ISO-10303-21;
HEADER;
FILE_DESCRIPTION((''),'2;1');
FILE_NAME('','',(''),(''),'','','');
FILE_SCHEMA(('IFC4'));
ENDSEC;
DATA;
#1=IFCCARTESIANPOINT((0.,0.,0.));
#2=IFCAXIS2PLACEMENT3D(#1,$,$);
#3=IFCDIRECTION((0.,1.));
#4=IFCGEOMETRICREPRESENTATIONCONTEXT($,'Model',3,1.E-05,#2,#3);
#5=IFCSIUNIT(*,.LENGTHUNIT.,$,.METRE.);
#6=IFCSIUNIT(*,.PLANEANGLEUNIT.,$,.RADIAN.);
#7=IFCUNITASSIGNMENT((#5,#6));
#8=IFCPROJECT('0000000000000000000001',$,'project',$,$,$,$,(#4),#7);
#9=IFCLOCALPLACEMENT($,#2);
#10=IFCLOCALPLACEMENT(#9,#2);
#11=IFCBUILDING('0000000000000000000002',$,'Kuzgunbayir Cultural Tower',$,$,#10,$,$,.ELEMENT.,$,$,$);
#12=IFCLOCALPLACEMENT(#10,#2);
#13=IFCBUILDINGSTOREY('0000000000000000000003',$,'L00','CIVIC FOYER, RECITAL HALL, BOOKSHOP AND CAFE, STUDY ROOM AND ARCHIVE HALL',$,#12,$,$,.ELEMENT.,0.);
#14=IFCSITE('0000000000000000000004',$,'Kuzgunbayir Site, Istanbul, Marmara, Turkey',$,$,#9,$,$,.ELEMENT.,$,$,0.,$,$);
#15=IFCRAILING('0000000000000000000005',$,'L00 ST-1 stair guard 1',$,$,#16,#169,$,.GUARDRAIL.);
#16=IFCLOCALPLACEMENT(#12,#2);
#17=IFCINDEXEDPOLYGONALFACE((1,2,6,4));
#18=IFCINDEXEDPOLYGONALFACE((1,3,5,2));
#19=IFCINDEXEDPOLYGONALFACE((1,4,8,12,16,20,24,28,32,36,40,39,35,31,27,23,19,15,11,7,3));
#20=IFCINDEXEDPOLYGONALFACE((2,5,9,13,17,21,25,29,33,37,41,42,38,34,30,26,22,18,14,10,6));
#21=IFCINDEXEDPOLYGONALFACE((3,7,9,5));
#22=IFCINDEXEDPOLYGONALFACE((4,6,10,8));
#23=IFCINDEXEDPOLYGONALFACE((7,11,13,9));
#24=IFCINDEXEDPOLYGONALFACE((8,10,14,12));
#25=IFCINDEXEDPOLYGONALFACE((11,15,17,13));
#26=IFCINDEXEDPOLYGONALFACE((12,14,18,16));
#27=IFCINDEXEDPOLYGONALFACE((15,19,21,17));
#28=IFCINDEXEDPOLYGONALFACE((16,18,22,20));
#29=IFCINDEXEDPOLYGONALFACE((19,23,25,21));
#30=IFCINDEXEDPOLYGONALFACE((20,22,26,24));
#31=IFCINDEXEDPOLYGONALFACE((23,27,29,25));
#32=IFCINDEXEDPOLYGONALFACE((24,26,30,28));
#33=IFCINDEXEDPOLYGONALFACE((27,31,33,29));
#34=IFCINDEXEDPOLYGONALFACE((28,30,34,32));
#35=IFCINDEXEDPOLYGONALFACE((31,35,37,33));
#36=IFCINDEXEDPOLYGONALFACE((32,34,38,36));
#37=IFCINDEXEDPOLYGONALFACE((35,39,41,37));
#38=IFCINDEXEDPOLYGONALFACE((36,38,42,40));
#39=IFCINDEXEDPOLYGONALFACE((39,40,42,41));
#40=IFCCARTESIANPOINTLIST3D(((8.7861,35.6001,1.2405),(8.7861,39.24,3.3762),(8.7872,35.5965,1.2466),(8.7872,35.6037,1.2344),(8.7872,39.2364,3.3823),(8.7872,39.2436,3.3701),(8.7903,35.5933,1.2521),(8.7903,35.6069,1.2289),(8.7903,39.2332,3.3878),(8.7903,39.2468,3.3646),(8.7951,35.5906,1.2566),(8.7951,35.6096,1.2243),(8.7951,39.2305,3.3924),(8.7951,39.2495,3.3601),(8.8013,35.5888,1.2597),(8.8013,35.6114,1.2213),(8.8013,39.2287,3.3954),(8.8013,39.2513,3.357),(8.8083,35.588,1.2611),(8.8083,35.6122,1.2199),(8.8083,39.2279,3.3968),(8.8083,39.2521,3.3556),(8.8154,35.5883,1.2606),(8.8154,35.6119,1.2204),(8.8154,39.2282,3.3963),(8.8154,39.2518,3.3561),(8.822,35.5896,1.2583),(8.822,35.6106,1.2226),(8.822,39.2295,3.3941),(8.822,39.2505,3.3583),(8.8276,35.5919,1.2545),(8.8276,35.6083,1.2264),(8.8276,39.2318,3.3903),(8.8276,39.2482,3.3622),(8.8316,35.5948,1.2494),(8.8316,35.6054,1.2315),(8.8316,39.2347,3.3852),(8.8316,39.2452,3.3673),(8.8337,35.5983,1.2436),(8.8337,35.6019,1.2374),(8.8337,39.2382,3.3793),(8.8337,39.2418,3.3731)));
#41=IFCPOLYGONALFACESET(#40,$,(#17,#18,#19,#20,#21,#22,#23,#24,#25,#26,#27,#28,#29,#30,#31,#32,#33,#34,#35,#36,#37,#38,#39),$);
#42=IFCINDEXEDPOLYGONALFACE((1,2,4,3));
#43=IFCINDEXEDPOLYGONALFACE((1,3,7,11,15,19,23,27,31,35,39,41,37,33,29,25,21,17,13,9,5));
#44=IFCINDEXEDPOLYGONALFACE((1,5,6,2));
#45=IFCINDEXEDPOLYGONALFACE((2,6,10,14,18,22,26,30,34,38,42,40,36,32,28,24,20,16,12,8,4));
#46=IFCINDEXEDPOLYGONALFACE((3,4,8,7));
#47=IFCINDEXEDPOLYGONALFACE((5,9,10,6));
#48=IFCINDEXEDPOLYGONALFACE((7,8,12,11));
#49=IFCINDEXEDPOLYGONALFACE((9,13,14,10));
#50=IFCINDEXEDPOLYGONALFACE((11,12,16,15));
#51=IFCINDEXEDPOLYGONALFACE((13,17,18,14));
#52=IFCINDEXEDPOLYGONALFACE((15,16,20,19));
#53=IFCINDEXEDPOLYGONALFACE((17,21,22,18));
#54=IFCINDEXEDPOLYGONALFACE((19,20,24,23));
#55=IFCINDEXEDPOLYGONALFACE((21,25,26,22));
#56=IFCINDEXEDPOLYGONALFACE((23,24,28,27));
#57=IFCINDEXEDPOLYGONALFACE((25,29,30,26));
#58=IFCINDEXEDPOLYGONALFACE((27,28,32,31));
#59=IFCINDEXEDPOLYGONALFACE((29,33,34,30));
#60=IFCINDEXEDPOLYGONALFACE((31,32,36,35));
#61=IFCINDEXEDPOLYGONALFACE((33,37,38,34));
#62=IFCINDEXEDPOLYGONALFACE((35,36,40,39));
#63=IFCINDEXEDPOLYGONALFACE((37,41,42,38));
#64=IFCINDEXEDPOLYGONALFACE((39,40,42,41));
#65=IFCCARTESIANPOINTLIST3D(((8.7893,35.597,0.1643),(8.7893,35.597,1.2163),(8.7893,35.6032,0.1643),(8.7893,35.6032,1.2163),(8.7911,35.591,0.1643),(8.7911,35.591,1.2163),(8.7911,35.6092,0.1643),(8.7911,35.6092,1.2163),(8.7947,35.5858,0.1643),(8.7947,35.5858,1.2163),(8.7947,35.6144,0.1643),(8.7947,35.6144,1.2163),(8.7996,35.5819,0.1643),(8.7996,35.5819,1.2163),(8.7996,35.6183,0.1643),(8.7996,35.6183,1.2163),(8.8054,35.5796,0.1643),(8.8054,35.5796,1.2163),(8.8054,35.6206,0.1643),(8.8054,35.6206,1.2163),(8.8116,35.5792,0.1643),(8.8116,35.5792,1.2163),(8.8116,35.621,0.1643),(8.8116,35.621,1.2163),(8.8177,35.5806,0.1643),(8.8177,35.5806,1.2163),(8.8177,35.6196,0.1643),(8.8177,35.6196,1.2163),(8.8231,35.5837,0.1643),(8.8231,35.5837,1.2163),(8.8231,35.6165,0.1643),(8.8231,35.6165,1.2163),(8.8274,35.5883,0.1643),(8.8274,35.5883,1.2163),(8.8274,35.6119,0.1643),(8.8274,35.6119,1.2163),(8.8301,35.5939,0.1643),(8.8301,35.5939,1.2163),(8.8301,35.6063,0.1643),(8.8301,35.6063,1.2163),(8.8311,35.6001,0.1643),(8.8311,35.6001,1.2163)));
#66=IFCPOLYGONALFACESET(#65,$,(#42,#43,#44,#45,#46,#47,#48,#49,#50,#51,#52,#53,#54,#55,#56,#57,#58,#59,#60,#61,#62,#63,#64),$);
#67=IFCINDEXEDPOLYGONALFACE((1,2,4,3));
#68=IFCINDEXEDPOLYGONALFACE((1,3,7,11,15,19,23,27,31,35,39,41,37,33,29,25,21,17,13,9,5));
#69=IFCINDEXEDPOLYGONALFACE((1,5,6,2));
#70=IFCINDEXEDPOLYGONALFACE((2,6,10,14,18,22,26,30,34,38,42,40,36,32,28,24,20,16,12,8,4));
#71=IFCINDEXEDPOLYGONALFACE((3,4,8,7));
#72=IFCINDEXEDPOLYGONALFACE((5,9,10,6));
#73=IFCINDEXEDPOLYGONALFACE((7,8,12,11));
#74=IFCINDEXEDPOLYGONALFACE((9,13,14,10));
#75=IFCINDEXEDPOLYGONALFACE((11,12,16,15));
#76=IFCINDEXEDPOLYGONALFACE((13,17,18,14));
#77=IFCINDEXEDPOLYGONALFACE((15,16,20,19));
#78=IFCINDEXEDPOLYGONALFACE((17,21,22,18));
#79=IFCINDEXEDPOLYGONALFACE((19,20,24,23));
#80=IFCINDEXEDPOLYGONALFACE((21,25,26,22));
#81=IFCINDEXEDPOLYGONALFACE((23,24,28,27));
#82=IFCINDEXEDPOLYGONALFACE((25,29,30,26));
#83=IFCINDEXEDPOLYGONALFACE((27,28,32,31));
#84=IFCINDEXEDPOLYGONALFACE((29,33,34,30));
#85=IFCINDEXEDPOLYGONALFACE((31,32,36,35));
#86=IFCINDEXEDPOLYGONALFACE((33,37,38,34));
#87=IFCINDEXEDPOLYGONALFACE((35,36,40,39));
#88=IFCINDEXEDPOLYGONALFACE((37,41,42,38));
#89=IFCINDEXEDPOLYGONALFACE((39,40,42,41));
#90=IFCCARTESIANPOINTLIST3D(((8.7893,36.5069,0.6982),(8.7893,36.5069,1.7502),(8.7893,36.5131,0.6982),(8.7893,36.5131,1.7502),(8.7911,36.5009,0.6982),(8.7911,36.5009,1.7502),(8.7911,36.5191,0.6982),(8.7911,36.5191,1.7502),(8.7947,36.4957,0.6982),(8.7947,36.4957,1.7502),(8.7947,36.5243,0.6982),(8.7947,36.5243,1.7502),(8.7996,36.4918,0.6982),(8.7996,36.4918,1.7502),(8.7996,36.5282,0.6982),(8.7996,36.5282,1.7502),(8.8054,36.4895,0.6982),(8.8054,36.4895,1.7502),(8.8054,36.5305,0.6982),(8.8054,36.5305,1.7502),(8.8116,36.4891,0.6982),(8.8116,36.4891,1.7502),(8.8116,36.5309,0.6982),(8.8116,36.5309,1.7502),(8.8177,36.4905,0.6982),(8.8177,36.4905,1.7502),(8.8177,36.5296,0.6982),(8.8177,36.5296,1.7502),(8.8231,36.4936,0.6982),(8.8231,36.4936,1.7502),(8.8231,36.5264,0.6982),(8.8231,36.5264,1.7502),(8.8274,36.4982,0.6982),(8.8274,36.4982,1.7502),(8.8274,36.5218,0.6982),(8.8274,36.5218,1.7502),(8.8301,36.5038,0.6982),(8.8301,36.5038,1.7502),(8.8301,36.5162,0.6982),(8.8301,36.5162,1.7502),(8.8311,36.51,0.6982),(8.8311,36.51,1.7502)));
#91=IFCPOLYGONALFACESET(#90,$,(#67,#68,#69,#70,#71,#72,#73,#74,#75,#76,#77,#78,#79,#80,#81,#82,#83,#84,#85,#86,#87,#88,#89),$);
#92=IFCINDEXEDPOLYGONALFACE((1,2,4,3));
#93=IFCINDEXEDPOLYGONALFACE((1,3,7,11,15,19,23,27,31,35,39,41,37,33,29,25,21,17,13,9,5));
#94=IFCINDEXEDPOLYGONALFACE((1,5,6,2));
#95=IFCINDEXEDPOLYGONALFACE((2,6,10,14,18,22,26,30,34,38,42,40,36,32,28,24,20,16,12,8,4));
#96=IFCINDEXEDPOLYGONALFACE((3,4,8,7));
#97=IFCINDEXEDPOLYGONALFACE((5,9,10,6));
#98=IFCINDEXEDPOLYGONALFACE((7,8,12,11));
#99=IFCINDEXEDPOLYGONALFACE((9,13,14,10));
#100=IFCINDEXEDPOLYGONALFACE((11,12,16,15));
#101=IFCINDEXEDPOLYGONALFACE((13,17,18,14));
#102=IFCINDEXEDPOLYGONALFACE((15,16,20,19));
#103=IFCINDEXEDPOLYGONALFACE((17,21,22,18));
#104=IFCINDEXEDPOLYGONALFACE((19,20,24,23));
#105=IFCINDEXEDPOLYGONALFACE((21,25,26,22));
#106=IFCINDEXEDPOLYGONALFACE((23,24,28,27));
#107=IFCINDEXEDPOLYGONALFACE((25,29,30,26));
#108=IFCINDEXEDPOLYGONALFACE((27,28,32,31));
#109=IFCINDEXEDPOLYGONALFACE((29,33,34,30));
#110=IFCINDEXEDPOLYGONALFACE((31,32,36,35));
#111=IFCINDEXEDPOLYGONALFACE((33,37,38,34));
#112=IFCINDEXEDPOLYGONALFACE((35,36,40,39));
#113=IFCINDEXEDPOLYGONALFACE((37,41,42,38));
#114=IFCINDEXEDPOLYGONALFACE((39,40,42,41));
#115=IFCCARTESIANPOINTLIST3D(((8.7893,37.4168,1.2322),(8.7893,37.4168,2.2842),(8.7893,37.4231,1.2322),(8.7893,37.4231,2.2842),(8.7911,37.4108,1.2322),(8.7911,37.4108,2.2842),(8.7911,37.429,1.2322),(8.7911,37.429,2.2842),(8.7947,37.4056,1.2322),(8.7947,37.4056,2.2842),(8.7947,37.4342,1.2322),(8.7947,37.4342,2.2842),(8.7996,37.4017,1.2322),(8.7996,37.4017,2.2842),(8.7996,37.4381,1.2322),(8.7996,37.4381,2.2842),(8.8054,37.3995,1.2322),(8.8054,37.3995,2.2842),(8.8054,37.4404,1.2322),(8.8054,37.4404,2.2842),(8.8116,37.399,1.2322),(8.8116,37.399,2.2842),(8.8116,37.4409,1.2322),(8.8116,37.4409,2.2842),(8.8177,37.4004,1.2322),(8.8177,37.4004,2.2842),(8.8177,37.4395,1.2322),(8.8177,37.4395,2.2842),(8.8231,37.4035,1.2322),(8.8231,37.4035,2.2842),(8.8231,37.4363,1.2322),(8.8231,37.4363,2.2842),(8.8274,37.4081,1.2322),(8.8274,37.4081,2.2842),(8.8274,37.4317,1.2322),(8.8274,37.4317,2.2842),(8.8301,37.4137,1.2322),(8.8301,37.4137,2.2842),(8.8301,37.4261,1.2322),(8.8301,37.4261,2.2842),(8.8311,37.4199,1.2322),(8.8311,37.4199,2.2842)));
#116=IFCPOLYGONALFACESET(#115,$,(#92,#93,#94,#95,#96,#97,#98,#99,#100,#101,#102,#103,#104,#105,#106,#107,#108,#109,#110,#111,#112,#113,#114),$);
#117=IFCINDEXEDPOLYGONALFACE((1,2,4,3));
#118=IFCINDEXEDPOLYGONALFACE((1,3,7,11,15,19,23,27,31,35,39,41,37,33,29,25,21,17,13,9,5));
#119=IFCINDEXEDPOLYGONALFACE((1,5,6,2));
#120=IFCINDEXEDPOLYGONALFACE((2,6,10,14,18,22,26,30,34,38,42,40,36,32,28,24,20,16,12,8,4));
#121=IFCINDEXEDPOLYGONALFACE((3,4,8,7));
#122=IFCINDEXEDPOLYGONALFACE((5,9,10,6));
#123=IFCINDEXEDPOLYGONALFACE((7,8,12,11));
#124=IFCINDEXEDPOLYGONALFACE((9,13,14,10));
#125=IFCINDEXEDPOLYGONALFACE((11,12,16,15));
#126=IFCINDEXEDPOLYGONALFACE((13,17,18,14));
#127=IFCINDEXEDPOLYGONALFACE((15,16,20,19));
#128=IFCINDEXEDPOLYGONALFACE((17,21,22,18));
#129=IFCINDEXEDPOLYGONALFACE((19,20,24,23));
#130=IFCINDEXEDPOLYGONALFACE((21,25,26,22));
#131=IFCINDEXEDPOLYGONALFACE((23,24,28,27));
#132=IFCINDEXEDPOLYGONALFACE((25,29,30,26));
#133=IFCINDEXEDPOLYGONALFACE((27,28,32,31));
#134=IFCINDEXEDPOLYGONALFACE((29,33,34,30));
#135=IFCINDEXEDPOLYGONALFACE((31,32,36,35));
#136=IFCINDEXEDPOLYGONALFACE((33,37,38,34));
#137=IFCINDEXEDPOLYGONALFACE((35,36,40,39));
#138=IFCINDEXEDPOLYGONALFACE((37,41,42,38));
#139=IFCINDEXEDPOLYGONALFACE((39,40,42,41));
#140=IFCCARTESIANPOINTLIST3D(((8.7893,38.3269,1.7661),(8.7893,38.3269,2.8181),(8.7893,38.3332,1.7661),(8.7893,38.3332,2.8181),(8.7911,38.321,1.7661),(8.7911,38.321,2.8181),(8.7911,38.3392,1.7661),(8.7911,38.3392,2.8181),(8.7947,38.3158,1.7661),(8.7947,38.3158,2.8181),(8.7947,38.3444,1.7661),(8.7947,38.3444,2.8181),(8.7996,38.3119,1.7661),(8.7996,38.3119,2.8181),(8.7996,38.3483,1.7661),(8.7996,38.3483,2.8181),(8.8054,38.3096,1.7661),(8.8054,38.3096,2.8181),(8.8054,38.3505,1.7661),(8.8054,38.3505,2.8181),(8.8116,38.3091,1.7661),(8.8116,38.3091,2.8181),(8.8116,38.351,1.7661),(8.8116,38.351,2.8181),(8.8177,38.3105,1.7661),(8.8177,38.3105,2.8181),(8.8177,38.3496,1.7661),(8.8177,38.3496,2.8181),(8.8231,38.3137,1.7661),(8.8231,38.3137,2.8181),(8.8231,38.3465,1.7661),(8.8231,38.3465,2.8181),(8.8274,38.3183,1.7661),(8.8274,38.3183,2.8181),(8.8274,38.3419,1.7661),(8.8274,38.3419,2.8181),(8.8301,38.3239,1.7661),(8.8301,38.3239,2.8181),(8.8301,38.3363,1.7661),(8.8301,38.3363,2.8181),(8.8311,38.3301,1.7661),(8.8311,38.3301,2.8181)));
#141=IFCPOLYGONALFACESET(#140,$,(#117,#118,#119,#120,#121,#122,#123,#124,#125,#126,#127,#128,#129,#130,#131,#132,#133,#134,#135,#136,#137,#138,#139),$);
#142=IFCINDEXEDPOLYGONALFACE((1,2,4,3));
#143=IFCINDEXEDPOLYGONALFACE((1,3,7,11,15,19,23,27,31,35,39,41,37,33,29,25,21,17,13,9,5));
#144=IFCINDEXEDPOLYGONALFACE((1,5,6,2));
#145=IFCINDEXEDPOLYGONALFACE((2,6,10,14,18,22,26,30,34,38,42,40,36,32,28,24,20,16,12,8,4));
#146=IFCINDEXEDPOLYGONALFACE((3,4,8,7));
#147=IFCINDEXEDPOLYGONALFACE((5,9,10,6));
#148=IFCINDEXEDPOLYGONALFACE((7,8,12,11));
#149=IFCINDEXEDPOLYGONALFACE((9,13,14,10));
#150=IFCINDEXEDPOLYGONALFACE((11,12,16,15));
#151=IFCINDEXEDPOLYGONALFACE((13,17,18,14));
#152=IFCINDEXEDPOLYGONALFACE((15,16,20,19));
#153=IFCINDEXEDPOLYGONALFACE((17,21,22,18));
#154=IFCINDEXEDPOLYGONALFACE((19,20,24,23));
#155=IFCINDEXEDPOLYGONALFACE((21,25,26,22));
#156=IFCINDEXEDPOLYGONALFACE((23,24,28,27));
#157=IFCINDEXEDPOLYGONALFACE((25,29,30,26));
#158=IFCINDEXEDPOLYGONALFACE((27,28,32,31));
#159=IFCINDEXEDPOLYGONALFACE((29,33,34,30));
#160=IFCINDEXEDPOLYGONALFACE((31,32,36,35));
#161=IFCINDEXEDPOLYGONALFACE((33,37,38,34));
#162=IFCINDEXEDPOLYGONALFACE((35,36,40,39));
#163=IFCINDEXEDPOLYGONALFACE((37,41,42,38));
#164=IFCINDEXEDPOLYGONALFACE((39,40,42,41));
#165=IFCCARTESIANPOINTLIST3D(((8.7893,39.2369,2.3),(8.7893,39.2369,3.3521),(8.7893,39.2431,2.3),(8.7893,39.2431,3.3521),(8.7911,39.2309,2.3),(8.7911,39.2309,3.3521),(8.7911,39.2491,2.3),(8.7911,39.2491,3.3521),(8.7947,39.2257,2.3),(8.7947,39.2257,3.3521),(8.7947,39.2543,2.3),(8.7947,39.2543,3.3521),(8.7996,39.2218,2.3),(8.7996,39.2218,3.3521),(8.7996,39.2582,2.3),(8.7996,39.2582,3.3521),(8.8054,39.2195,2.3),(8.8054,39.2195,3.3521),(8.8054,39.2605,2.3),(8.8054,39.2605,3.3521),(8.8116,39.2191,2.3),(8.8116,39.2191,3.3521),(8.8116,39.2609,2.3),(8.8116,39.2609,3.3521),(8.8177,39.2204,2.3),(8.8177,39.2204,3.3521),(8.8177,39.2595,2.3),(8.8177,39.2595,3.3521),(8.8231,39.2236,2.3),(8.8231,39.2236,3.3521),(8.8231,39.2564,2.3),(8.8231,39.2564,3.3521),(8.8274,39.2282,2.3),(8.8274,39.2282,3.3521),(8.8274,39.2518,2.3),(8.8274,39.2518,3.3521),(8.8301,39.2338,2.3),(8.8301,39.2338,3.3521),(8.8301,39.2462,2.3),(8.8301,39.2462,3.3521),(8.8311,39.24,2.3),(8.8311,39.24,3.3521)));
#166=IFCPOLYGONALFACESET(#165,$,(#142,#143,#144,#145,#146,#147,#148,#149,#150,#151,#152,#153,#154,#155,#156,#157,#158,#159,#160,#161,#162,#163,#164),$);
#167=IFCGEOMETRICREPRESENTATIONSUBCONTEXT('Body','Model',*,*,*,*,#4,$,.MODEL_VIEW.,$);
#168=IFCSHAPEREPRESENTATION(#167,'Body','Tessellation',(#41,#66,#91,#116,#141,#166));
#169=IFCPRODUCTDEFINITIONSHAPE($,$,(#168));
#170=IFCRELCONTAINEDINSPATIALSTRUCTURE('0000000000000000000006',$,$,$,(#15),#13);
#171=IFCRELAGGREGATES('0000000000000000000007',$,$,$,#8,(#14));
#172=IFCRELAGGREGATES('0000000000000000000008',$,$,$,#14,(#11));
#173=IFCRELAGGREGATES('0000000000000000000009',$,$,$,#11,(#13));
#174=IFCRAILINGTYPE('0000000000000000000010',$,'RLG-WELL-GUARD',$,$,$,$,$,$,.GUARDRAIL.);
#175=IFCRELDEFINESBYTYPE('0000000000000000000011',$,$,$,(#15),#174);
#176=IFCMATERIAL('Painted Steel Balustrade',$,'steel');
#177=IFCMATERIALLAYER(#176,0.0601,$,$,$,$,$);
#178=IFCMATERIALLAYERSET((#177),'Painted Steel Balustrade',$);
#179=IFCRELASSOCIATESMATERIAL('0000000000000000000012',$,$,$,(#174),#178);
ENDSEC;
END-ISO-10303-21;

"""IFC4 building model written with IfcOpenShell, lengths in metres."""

from ifc_helpers import new_model, si_unit, direction, frame, origin, origin_2d, place, context, subcontext, project, spatial, circle, extrude, material, layer, layer_set, type_object, element, save


model = new_model("IFC4")

# Units and contexts
model_context = context("Model", 3, precision=1e-05, world=origin(), true_north=direction((0.0, 1.0)))
body_context = subcontext(model_context, "Body", "Model", "MODEL_VIEW")
ifc_project = project(units=[si_unit("LENGTHUNIT", "METRE"), si_unit("PLANEANGLEUNIT", "RADIAN")], contexts=[model_context])

# Site, building, storey
site_placement = place(None, origin())
site = spatial("IfcSite", under=ifc_project, at=site_placement, Name="Kuzgunbayir Site, Istanbul, Marmara, Turkey", CompositionType="ELEMENT", RefElevation=0.0)
building_placement = place(site_placement, origin())
building = spatial("IfcBuilding", under=site, at=building_placement, Name="Kuzgunbayir Cultural Tower", CompositionType="ELEMENT")
storey_placement = place(building_placement, origin())
storey = spatial("IfcBuildingStorey", under=building, at=storey_placement, Name="L00", Description="CIVIC FOYER, RECITAL HALL, BOOKSHOP AND CAFE, STUDY ROOM AND ARCHIVE HALL", CompositionType="ELEMENT", Elevation=0.0)

# Railing
ifc_material_1 = material(Name="Painted Steel Balustrade", Category="steel")
ifc_layer_1 = layer(ifc_material_1, 0.0601)
ifc_layer_set_1 = layer_set([ifc_layer_1], Name="Painted Steel Balustrade")
railing_type_1 = type_object("IfcRailingType", Name="RLG-WELL-GUARD", PredefinedType="GUARDRAIL", material=ifc_layer_set_1)
railing_1_placement = place(storey_placement, frame((8.8101, 35.6001, 0.1643)))
element("IfcRailing", 1, at=railing_1_placement, inside=storey, type_object=railing_type_1, Name="L00 ST-1 stair guard 1", PredefinedType="GUARDRAIL", context=body_context, shape_type="SweptSolid", body=[
    extrude(circle(Radius=0.0239, at=origin_2d()), frame((0.0, 0.0, 1.0762), z_axis=(0.0, 0.86249, 0.506074), x_axis=(-1.0, 0.0, 0.0)), (0.0, 0.0, 1.0), 4.2202),
    extrude(circle(Radius=0.021, at=origin_2d()), origin(), (0.0, 0.0, 1.0), 1.052),
    extrude(circle(Radius=0.021, at=origin_2d()), frame((0.0, 0.9099, 0.5339)), (0.0, 0.0, 1.0), 1.052),
    extrude(circle(Radius=0.021, at=origin_2d()), frame((0.0, 1.8198, 1.0679)), (0.0, 0.0, 1.0), 1.052),
    extrude(circle(Radius=0.021, at=origin_2d()), frame((0.0, 2.73, 1.6018)), (0.0, 0.0, 1.0), 1.052),
    extrude(circle(Radius=0.021, at=origin_2d()), frame((0.0, 3.6399, 2.1357)), (0.0, 0.0, 1.0), 1.052),
])

save(model, "model.ifc")
